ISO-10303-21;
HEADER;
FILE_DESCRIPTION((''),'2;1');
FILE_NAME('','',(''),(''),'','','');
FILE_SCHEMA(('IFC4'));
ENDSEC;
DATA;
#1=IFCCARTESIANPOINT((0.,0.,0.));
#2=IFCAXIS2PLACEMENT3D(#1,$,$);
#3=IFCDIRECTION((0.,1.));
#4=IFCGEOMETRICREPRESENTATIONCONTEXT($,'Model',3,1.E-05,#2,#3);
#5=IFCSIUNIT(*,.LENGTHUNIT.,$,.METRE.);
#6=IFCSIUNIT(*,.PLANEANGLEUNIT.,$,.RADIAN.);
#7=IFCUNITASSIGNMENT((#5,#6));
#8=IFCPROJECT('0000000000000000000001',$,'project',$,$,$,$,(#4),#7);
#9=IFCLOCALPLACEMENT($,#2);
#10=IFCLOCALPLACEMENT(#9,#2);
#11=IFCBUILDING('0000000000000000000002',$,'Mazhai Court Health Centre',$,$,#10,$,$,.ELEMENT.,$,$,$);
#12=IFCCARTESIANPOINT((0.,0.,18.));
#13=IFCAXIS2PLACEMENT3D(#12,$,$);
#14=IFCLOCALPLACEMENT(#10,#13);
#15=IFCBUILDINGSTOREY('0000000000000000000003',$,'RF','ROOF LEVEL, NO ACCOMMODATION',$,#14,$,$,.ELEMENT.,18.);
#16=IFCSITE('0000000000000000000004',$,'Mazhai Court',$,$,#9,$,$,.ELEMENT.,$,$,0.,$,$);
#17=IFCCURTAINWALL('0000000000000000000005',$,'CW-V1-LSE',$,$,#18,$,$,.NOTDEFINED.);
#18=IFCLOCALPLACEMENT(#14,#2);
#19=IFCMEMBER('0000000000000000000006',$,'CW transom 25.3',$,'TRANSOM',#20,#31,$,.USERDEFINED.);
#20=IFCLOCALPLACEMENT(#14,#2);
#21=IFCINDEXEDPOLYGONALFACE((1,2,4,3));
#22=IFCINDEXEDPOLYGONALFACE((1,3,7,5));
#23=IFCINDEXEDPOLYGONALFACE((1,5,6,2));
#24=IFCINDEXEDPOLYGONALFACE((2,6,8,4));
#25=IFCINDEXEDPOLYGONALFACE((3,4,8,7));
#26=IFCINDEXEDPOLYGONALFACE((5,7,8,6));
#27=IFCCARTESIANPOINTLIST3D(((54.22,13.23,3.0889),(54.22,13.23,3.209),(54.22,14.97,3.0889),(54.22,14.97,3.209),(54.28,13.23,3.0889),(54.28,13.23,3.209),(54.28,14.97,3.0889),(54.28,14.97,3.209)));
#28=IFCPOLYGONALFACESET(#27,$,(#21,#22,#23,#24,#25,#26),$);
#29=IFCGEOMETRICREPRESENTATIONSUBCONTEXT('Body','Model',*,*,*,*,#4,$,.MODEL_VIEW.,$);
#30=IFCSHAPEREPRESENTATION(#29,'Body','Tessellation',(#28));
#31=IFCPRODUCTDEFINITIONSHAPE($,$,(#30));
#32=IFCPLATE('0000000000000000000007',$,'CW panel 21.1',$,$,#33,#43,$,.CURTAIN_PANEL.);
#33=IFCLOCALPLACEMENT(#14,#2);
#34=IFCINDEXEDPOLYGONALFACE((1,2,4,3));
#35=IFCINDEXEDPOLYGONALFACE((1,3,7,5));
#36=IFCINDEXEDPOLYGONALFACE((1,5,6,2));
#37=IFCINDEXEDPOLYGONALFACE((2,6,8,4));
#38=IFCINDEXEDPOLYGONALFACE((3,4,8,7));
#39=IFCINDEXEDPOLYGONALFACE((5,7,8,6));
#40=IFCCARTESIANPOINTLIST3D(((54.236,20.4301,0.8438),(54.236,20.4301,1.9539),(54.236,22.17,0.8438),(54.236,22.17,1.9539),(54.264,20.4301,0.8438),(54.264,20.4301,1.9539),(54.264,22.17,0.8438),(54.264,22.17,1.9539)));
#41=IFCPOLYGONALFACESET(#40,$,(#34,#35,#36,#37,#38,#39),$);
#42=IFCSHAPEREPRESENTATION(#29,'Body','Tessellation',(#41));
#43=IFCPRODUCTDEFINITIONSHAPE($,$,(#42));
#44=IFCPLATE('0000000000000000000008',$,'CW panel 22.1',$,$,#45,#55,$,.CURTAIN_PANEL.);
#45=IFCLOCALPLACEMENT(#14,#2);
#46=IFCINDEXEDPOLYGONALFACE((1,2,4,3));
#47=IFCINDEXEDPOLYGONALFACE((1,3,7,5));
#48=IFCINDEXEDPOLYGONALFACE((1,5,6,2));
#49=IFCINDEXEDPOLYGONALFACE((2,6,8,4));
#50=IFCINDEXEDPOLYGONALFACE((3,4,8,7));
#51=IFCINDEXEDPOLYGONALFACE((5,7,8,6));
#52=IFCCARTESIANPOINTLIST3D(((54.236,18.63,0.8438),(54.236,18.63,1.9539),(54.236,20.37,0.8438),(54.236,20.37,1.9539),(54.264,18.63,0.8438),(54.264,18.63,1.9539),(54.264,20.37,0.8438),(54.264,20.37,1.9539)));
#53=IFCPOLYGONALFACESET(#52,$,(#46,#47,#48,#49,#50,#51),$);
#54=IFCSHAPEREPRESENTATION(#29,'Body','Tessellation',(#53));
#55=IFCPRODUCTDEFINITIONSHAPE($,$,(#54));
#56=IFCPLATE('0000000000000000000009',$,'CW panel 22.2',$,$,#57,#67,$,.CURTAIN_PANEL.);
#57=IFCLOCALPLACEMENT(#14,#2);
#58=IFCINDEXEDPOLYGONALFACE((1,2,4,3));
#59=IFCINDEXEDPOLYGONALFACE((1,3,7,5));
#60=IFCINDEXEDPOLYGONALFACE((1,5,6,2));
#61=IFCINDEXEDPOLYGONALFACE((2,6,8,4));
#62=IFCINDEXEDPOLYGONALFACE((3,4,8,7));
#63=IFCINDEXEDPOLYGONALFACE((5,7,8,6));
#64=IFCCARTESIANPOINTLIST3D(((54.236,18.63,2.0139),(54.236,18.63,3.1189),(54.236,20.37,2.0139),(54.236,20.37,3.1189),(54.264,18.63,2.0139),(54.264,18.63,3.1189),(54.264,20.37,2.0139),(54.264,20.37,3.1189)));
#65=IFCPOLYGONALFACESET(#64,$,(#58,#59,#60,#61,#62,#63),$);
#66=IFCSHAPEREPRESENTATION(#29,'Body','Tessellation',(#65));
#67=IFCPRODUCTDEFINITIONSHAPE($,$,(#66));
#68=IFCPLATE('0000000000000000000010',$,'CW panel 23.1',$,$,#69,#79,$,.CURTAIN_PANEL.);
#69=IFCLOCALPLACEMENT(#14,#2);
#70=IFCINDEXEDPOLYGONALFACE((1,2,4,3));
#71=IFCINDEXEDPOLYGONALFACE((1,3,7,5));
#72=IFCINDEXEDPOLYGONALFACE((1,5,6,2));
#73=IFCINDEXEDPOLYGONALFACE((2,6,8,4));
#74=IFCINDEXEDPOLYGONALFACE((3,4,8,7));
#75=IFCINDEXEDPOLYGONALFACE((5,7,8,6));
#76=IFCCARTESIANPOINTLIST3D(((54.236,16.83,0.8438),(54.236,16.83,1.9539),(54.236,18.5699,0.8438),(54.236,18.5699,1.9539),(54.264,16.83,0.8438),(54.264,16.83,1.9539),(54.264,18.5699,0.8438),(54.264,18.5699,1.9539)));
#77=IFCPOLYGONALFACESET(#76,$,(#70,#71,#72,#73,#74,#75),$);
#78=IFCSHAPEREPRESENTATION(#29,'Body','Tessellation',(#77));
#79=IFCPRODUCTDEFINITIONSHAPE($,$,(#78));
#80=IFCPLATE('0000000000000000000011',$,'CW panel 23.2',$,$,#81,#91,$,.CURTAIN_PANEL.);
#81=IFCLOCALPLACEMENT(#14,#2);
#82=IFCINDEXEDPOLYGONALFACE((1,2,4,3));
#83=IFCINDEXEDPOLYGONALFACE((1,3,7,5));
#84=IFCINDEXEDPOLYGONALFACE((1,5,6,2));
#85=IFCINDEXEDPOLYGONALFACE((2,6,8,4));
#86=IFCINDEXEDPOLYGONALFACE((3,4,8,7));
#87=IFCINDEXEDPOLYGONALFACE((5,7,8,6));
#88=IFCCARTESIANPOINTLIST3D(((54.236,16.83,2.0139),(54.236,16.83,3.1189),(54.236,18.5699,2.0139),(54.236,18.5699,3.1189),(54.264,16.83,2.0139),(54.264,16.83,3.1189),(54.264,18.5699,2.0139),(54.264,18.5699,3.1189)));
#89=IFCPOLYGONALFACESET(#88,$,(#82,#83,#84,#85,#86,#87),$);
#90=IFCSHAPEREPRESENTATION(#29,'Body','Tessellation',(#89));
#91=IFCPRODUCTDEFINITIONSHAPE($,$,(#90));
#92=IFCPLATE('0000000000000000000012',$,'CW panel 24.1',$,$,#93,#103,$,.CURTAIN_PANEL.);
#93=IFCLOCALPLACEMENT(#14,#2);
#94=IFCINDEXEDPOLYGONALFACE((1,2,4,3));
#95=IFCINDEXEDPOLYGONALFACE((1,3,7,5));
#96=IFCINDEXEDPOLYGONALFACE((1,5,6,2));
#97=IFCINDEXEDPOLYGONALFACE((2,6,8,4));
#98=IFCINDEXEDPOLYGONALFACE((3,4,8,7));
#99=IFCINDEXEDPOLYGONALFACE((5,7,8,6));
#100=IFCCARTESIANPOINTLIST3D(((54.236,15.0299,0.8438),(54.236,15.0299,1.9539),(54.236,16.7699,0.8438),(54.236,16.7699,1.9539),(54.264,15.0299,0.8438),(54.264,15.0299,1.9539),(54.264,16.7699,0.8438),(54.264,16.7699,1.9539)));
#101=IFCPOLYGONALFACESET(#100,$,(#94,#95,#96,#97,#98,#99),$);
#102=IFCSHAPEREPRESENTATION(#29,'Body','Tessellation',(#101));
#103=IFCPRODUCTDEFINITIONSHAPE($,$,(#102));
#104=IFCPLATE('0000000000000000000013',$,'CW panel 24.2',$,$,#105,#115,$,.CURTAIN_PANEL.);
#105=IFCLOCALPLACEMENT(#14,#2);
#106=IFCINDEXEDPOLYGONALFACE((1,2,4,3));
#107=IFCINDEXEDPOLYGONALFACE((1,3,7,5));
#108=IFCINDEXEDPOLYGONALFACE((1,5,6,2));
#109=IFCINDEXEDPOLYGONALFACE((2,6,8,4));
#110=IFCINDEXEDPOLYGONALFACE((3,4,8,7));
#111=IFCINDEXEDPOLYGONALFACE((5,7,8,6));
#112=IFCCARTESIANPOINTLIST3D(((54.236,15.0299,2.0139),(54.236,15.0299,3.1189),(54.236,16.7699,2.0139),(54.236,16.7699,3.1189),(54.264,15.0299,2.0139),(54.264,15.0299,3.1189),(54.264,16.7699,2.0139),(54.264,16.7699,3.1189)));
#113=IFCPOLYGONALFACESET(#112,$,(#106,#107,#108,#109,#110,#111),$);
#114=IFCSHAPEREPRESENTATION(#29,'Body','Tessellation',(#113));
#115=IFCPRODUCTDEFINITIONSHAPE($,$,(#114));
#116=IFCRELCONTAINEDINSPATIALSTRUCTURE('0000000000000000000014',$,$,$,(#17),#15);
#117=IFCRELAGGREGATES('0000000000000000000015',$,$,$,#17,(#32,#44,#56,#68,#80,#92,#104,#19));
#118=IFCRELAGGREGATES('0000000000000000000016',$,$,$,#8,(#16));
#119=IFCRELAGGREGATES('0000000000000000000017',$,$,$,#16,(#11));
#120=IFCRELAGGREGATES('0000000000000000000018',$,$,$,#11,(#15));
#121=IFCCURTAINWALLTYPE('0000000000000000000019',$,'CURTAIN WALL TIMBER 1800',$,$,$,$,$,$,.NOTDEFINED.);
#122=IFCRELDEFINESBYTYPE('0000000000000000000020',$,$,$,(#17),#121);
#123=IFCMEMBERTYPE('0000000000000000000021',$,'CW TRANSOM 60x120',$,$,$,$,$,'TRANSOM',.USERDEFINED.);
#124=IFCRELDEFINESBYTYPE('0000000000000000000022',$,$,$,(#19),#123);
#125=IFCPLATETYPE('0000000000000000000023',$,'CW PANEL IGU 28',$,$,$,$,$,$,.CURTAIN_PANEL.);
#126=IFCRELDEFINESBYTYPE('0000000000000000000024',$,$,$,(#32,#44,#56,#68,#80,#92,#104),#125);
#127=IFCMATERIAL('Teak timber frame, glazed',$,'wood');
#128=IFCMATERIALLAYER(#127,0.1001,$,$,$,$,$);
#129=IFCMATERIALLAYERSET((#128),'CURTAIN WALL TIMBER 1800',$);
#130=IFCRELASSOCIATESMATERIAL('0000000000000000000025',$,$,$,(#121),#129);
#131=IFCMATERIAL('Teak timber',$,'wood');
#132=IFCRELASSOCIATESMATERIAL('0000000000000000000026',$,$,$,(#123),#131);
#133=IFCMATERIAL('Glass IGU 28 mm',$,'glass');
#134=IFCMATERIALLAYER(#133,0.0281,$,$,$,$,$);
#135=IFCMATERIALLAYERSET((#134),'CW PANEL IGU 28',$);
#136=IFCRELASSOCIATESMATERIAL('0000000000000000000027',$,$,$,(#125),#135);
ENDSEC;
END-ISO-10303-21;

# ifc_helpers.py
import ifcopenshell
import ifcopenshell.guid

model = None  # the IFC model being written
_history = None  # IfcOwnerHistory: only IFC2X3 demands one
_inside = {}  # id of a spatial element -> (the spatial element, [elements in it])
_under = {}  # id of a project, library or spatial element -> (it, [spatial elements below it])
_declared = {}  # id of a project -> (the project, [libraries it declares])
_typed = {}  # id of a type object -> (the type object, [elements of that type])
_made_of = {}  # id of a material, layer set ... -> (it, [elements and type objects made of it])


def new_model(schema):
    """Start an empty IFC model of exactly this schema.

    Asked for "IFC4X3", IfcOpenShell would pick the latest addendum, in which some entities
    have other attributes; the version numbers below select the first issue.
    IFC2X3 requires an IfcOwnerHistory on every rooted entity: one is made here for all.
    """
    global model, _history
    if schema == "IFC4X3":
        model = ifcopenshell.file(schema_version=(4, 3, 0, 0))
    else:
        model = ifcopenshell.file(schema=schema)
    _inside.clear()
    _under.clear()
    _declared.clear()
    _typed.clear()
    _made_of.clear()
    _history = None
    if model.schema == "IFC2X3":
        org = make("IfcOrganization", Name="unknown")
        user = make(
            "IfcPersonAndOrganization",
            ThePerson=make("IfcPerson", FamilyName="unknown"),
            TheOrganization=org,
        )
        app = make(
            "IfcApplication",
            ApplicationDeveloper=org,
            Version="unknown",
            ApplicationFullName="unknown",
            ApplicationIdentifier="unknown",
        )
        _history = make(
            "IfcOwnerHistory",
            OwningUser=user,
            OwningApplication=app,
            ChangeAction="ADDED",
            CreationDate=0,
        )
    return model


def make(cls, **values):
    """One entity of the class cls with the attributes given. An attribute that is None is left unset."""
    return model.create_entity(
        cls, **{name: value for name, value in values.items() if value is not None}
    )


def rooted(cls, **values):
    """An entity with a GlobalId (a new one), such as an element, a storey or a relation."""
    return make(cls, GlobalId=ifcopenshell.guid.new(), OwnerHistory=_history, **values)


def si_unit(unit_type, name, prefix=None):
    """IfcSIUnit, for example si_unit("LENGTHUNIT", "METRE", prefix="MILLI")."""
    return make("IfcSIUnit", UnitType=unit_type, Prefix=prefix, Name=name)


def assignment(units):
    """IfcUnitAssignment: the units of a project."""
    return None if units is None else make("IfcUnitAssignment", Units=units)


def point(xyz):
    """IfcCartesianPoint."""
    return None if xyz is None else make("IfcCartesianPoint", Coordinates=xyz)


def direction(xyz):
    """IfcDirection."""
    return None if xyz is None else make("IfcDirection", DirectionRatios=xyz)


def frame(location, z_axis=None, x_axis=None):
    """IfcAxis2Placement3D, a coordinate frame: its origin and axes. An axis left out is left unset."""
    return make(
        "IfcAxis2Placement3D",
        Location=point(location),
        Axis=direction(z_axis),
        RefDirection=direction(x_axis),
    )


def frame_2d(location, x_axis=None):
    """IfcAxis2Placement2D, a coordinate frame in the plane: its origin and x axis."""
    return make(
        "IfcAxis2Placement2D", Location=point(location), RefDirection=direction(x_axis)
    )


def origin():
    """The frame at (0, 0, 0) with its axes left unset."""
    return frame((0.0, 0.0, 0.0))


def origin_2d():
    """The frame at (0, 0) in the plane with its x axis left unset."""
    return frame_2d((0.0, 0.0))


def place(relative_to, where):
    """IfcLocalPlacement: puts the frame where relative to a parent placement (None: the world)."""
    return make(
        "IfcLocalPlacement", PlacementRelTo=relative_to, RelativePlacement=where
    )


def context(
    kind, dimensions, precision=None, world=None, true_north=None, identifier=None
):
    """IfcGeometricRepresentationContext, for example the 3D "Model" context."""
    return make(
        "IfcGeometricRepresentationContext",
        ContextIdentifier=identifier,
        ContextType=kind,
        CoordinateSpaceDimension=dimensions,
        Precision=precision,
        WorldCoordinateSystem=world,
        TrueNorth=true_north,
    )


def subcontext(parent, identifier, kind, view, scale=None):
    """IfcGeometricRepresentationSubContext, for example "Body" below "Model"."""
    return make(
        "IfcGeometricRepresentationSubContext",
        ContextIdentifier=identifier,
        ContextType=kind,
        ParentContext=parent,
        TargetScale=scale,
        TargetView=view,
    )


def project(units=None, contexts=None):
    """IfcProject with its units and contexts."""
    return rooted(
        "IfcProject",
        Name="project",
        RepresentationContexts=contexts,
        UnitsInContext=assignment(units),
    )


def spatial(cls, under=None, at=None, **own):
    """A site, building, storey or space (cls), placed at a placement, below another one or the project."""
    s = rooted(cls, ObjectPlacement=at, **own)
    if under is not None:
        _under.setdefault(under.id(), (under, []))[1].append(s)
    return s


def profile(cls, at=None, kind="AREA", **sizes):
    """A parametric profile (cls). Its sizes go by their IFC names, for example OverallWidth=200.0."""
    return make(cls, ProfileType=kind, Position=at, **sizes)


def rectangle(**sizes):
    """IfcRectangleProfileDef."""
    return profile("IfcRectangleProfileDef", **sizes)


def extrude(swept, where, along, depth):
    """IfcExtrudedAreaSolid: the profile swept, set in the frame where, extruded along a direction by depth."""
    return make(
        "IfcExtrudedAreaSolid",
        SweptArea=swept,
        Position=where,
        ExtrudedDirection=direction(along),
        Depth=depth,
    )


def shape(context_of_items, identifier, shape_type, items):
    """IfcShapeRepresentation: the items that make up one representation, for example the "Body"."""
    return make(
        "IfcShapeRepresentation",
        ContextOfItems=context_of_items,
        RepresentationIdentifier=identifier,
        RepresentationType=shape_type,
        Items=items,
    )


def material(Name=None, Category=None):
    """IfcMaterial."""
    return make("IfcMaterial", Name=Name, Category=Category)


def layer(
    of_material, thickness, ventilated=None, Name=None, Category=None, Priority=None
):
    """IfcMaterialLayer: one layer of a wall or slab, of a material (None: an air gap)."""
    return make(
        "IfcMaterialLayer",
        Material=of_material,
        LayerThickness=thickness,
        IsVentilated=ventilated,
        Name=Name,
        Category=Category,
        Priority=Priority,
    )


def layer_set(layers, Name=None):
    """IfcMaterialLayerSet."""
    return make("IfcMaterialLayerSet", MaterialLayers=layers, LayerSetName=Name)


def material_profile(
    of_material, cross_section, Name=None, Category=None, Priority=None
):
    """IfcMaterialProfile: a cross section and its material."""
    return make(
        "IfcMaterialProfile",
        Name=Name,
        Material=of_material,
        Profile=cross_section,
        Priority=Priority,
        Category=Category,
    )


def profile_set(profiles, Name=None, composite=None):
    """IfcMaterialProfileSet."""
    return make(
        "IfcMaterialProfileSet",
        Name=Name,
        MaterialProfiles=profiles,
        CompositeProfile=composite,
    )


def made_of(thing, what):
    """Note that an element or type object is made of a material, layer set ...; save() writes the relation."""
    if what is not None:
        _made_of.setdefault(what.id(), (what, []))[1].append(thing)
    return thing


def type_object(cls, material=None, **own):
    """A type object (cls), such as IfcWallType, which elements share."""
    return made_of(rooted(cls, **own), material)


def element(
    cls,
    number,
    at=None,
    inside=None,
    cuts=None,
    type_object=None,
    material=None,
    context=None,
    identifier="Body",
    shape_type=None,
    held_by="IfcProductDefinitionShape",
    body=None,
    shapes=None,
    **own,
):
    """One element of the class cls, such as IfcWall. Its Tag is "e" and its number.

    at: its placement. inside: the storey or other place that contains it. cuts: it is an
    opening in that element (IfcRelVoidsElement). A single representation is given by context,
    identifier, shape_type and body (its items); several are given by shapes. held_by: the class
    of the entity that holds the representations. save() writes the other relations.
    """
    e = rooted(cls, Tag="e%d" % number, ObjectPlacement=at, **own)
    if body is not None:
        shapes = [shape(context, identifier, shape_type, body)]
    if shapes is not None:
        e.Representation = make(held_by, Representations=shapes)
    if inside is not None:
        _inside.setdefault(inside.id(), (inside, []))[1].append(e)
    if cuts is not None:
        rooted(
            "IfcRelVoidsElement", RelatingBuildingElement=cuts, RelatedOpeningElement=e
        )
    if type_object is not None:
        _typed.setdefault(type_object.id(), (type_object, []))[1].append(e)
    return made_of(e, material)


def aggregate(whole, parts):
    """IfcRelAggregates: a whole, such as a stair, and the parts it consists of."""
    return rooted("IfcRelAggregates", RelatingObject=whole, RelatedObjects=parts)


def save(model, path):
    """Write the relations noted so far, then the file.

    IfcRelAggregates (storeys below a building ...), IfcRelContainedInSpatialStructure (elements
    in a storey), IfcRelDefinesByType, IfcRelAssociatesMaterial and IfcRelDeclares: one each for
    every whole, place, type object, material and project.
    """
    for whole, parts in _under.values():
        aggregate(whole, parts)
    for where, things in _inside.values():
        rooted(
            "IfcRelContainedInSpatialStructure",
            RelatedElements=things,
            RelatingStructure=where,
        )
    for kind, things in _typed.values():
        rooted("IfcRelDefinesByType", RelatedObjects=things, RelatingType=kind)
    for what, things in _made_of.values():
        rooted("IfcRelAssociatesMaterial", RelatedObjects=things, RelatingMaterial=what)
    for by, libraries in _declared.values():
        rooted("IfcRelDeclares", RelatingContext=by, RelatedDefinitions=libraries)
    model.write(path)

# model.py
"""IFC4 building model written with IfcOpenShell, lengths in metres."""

from ifc_helpers import new_model, si_unit, direction, frame, origin, origin_2d, place, context, subcontext, project, spatial, rectangle, extrude, material, layer, layer_set, material_profile, profile_set, type_object, element, aggregate, save


model = new_model("IFC4")

# Units and contexts
model_context = context("Model", 3, precision=1e-05, world=origin(), true_north=direction((0.0, 1.0)))
body_context = subcontext(model_context, "Body", "Model", "MODEL_VIEW")
ifc_project = project(units=[si_unit("LENGTHUNIT", "METRE"), si_unit("PLANEANGLEUNIT", "RADIAN")], contexts=[model_context])

# Site, building, storey
site_placement = place(None, origin())
site = spatial("IfcSite", under=ifc_project, at=site_placement, Name="Mazhai Court", CompositionType="ELEMENT", RefElevation=0.0)
building_placement = place(site_placement, origin())
building = spatial("IfcBuilding", under=site, at=building_placement, Name="Mazhai Court Health Centre", CompositionType="ELEMENT")
storey_placement = place(building_placement, frame((0.0, 0.0, 18.0)))
storey = spatial("IfcBuildingStorey", under=building, at=storey_placement, Name="RF", Description="ROOF LEVEL, NO ACCOMMODATION", CompositionType="ELEMENT", Elevation=18.0)

# Curtain wall, member, plates
ifc_material_1 = material(Name="Teak timber frame, glazed", Category="wood")
ifc_layer_1 = layer(ifc_material_1, 0.1001)
ifc_layer_set_1 = layer_set([ifc_layer_1], Name="CURTAIN WALL TIMBER 1800")
curtain_wall_type = type_object("IfcCurtainWallType", Name="CURTAIN WALL TIMBER 1800", PredefinedType="NOTDEFINED", material=ifc_layer_set_1)
curtain_wall_placement = place(storey_placement, origin())
curtain_wall = element("IfcCurtainWall", 1, at=curtain_wall_placement, inside=storey, type_object=curtain_wall_type, Name="CW-V1-LSE", PredefinedType="NOTDEFINED")
ifc_material_2 = material(Name="Teak timber", Category="wood")
ifc_material_profile_1 = material_profile(ifc_material_2, rectangle(XDim=0.0601, YDim=0.1201, at=origin_2d()), Name="CW TRANSOM 60x120")
ifc_profile_set_1 = profile_set([ifc_material_profile_1], Name="Teak timber")
member_type_1 = type_object("IfcMemberType", Name="CW TRANSOM 60x120", ElementType="TRANSOM", PredefinedType="USERDEFINED", material=ifc_profile_set_1)
member_1_placement = place(storey_placement, frame((54.25, 14.97, 3.1489), z_axis=(0.0, -1.0, 0.0), x_axis=(1.0, 0.0, 0.0)))
member_1 = element("IfcMember", 2, at=member_1_placement, type_object=member_type_1, Name="CW transom 25.3", ObjectType="TRANSOM", PredefinedType="USERDEFINED", context=body_context, shape_type="SweptSolid", body=[
    extrude(rectangle(XDim=0.0601, YDim=0.1201, at=origin_2d()), origin(), (0.0, 0.0, 1.0), 1.74),
])
ifc_material_3 = material(Name="Glass IGU 28 mm", Category="glass")
ifc_layer_2 = layer(ifc_material_3, 0.0281)
ifc_layer_set_2 = layer_set([ifc_layer_2], Name="CW PANEL IGU 28")
plate_type = type_object("IfcPlateType", Name="CW PANEL IGU 28", PredefinedType="CURTAIN_PANEL", material=ifc_layer_set_2)
plate_1_placement = place(storey_placement, frame((54.25, 21.3, 0.8438), z_axis=(0.0, 0.0, 1.0), x_axis=(0.0, -1.0, 0.0)))
plate_1 = element("IfcPlate", 3, at=plate_1_placement, type_object=plate_type, Name="CW panel 21.1", PredefinedType="CURTAIN_PANEL", context=body_context, shape_type="SweptSolid", body=[
    extrude(rectangle(XDim=1.74, YDim=0.0281, at=origin_2d()), origin(), (0.0, 0.0, 1.0), 1.1101),
])
plate_2_placement = place(storey_placement, frame((54.25, 19.5, 0.8438), z_axis=(0.0, 0.0, 1.0), x_axis=(0.0, -1.0, 0.0)))
plate_2 = element("IfcPlate", 4, at=plate_2_placement, type_object=plate_type, Name="CW panel 22.1", PredefinedType="CURTAIN_PANEL", context=body_context, shape_type="SweptSolid", body=[
    extrude(rectangle(XDim=1.74, YDim=0.0281, at=origin_2d()), origin(), (0.0, 0.0, 1.0), 1.1101),
])
plate_3_placement = place(storey_placement, frame((54.25, 19.5, 2.0139), z_axis=(0.0, 0.0, 1.0), x_axis=(0.0, -1.0, 0.0)))
plate_3 = element("IfcPlate", 5, at=plate_3_placement, type_object=plate_type, Name="CW panel 22.2", PredefinedType="CURTAIN_PANEL", context=body_context, shape_type="SweptSolid", body=[
    extrude(rectangle(XDim=1.74, YDim=0.0281, at=origin_2d()), origin(), (0.0, 0.0, 1.0), 1.105),
])
plate_4_placement = place(storey_placement, frame((54.25, 17.7, 0.8438), z_axis=(0.0, 0.0, 1.0), x_axis=(0.0, -1.0, 0.0)))
plate_4 = element("IfcPlate", 6, at=plate_4_placement, type_object=plate_type, Name="CW panel 23.1", PredefinedType="CURTAIN_PANEL", context=body_context, shape_type="SweptSolid", body=[
    extrude(rectangle(XDim=1.74, YDim=0.0281, at=origin_2d()), origin(), (0.0, 0.0, 1.0), 1.1101),
])
plate_5_placement = place(storey_placement, frame((54.25, 17.7, 2.0139), z_axis=(0.0, 0.0, 1.0), x_axis=(0.0, -1.0, 0.0)))
plate_5 = element("IfcPlate", 7, at=plate_5_placement, type_object=plate_type, Name="CW panel 23.2", PredefinedType="CURTAIN_PANEL", context=body_context, shape_type="SweptSolid", body=[
    extrude(rectangle(XDim=1.74, YDim=0.0281, at=origin_2d()), origin(), (0.0, 0.0, 1.0), 1.105),
])
plate_6_placement = place(storey_placement, frame((54.25, 15.8999, 0.8438), z_axis=(0.0, 0.0, 1.0), x_axis=(0.0, -1.0, 0.0)))
plate_6 = element("IfcPlate", 8, at=plate_6_placement, type_object=plate_type, Name="CW panel 24.1", PredefinedType="CURTAIN_PANEL", context=body_context, shape_type="SweptSolid", body=[
    extrude(rectangle(XDim=1.74, YDim=0.0281, at=origin_2d()), origin(), (0.0, 0.0, 1.0), 1.1101),
])
plate_7_placement = place(storey_placement, frame((54.25, 15.8999, 2.0139), z_axis=(0.0, 0.0, 1.0), x_axis=(0.0, -1.0, 0.0)))
plate_7 = element("IfcPlate", 9, at=plate_7_placement, type_object=plate_type, Name="CW panel 24.2", PredefinedType="CURTAIN_PANEL", context=body_context, shape_type="SweptSolid", body=[
    extrude(rectangle(XDim=1.74, YDim=0.0281, at=origin_2d()), origin(), (0.0, 0.0, 1.0), 1.105),
])
aggregate(curtain_wall, [plate_1, plate_2, plate_3, plate_4, plate_5, plate_6, plate_7, member_1])

save(model, "model.ifc")
